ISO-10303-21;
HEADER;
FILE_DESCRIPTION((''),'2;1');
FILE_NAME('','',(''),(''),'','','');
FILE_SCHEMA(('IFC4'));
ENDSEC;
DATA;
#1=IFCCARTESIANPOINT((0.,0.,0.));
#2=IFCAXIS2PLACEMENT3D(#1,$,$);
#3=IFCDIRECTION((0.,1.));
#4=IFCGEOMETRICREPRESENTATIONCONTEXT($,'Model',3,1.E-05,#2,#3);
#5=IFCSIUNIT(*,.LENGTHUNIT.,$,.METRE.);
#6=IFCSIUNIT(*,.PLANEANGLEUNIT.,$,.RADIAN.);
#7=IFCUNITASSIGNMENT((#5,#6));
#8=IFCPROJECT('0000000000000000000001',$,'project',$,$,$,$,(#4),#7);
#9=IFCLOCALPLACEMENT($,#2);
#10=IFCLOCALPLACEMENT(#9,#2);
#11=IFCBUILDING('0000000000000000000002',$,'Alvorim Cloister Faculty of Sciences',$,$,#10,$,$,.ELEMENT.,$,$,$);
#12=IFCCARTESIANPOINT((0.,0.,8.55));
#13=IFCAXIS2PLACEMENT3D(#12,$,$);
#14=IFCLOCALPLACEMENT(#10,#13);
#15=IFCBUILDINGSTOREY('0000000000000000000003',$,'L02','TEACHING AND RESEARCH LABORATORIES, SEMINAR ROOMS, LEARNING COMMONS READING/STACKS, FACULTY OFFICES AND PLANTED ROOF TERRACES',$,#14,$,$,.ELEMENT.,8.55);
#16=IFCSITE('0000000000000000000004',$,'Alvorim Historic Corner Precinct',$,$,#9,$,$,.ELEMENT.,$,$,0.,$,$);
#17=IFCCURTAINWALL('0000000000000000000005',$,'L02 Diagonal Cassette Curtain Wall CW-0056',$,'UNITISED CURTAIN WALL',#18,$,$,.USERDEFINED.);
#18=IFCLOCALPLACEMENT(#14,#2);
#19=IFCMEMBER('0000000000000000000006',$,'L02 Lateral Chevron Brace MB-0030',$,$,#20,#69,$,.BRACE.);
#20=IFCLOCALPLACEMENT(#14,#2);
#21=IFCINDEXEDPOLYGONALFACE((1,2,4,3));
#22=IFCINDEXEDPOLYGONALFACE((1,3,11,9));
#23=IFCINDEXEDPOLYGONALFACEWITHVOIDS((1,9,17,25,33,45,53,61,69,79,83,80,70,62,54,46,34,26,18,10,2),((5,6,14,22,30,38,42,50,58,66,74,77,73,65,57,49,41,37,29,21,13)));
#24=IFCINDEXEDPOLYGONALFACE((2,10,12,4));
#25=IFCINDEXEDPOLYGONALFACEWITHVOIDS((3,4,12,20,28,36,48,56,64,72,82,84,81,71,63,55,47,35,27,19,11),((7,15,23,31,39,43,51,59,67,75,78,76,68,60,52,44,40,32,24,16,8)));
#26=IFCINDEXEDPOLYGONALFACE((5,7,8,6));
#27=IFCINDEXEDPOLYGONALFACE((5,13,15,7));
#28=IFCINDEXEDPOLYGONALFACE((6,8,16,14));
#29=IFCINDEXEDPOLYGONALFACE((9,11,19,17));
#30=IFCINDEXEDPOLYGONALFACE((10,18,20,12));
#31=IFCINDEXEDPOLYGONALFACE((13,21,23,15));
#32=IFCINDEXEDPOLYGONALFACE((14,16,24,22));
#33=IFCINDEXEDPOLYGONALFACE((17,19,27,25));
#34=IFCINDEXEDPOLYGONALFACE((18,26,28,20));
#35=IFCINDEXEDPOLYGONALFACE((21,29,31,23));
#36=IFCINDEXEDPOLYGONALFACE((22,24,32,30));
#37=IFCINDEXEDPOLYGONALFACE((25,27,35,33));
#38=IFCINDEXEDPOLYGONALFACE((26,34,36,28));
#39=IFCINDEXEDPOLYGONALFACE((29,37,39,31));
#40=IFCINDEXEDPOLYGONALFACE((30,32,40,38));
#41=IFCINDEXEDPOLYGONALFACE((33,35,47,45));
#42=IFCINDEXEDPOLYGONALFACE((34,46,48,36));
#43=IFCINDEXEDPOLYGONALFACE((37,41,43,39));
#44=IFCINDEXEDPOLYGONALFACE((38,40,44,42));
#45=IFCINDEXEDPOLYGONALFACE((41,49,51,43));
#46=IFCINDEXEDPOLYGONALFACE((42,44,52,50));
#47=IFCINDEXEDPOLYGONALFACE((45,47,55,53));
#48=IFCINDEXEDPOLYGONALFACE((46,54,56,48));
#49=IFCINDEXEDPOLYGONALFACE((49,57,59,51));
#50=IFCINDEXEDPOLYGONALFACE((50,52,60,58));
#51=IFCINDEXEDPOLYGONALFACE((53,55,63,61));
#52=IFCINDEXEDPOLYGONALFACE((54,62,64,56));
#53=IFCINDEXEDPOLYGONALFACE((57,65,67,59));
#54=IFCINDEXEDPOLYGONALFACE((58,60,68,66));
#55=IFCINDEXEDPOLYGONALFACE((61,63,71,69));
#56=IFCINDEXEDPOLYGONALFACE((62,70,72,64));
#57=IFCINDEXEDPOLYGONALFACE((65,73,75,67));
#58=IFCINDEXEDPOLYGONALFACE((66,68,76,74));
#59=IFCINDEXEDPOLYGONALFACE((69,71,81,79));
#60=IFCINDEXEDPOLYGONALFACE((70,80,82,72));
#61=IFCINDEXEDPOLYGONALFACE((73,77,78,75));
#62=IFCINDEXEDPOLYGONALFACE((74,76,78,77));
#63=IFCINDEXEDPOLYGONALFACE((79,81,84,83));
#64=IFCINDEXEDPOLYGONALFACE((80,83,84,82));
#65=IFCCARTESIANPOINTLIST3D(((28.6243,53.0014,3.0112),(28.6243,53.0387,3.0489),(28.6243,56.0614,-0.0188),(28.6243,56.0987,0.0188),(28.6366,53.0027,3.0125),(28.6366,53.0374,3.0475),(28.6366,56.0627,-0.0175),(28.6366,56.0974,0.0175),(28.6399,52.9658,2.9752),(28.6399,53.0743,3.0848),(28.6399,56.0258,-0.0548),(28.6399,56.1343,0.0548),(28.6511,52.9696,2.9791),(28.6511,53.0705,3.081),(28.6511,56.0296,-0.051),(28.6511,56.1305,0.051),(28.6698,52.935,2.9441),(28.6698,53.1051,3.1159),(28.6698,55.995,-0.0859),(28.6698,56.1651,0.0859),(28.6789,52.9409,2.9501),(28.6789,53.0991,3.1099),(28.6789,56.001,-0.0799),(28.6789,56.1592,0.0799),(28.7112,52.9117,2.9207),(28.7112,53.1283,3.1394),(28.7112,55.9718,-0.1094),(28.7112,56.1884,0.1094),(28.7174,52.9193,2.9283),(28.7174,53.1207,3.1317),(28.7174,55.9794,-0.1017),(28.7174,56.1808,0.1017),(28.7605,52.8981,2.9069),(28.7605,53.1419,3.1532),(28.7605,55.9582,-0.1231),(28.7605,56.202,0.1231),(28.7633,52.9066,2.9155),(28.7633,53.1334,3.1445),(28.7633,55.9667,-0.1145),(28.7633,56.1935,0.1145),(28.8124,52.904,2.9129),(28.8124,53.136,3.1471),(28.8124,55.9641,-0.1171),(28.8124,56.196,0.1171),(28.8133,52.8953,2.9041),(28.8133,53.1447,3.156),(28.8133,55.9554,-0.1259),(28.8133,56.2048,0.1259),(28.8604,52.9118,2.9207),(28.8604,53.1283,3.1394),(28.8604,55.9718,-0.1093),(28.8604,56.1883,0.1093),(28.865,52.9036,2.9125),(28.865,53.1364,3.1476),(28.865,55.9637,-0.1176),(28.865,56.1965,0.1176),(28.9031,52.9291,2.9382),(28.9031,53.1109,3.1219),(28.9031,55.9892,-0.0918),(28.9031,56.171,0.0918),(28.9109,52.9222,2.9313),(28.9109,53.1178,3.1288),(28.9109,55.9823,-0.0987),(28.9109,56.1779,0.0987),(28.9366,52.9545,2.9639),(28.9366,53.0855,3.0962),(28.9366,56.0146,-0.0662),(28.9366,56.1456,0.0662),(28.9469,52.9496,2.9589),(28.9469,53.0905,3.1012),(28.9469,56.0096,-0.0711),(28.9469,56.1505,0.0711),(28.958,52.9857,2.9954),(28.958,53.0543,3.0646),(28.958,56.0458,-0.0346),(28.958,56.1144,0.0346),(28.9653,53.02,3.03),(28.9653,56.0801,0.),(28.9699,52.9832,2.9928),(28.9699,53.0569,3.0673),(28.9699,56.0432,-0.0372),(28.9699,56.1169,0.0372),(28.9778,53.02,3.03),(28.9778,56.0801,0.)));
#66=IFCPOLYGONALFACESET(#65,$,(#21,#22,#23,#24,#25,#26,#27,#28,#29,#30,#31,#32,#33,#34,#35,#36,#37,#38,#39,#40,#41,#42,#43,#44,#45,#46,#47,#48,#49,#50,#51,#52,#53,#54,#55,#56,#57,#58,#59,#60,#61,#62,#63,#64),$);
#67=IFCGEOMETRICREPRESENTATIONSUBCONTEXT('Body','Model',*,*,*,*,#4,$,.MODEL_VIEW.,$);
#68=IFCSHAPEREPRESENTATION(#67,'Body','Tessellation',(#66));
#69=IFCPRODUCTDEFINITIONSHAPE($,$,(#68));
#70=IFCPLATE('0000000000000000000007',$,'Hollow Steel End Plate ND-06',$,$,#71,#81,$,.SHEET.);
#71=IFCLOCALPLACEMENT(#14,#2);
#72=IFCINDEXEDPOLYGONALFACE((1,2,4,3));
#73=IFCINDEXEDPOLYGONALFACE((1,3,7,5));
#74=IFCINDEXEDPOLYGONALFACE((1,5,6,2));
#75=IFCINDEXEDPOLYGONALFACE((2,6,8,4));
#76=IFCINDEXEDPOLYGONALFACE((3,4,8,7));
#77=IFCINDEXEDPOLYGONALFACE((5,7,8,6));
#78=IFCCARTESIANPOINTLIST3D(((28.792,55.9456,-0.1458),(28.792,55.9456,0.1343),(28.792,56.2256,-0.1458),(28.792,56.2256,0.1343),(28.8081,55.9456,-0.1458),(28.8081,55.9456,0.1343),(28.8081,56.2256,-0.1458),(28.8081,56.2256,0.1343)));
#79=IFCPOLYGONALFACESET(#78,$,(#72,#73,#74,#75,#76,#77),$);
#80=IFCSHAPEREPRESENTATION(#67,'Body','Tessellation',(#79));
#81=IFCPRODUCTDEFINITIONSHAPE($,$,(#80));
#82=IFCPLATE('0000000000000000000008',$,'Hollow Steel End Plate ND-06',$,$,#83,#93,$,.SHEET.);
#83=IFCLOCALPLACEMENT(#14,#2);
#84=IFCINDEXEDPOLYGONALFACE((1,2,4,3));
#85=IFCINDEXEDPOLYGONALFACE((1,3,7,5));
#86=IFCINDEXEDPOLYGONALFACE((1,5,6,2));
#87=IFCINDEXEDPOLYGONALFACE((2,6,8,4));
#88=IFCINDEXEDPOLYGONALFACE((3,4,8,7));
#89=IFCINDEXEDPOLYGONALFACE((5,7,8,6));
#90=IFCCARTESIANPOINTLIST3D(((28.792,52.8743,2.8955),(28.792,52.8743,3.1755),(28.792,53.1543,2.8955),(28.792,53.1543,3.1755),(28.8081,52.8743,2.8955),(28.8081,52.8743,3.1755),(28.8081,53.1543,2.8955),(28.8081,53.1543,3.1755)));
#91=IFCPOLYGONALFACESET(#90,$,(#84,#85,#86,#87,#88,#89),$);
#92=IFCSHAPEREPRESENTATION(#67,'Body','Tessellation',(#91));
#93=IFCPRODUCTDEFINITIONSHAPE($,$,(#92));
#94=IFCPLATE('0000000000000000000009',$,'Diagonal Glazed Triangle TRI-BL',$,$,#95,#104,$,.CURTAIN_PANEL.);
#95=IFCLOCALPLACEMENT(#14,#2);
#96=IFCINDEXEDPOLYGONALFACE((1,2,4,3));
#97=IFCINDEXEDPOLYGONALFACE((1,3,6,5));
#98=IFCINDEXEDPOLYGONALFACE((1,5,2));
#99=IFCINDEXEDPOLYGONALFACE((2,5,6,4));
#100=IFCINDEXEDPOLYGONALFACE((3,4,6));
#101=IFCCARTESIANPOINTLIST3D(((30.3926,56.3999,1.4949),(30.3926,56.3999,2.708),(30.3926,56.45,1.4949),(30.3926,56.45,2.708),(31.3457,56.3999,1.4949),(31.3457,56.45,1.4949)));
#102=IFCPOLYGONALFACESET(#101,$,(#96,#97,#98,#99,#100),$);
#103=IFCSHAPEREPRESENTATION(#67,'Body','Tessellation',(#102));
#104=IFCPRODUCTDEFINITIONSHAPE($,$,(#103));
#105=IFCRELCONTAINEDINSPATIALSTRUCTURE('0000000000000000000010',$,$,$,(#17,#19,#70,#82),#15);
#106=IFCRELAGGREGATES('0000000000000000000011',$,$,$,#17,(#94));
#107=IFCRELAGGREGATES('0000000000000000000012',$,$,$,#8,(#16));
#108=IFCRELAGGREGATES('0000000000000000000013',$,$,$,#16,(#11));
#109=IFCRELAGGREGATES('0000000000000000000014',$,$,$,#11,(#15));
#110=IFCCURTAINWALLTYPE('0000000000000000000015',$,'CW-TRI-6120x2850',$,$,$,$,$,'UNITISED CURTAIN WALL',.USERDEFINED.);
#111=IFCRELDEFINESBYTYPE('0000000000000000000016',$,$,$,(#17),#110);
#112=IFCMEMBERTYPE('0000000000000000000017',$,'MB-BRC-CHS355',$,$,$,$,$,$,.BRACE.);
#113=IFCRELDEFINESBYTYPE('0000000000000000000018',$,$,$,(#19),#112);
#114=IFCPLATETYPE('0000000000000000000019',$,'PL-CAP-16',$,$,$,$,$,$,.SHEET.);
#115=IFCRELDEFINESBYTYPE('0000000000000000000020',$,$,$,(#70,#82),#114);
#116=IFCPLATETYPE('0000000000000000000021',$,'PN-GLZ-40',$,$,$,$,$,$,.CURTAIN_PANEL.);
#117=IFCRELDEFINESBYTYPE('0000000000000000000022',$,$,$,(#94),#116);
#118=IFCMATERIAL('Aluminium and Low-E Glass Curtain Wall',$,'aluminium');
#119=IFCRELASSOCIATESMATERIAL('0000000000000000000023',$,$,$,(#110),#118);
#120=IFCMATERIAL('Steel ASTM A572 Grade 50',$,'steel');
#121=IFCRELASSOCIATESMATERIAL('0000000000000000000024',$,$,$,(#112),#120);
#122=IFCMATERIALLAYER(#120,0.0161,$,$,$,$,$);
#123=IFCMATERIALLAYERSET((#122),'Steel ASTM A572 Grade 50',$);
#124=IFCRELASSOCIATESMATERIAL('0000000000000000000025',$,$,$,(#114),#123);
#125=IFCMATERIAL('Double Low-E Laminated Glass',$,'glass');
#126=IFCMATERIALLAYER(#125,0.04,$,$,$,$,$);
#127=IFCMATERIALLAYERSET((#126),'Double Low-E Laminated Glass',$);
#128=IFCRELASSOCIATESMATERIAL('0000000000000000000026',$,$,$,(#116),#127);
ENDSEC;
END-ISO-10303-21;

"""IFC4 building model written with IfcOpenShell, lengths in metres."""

from ifc_helpers import new_model, si_unit, direction, frame, origin, origin_2d, place, context, subcontext, project, spatial, polyline, hollow_circle, outline, extrude, material, layer, layer_set, material_profile, profile_set, type_object, element, aggregate, save


model = new_model("IFC4")

# Units and contexts
model_context = context("Model", 3, precision=1e-05, world=origin(), true_north=direction((0.0, 1.0)))
body_context = subcontext(model_context, "Body", "Model", "MODEL_VIEW")
ifc_project = project(units=[si_unit("LENGTHUNIT", "METRE"), si_unit("PLANEANGLEUNIT", "RADIAN")], contexts=[model_context])

# Site, building, storey
site_placement = place(None, origin())
site = spatial("IfcSite", under=ifc_project, at=site_placement, Name="Alvorim Historic Corner Precinct", CompositionType="ELEMENT", RefElevation=0.0)
building_placement = place(site_placement, origin())
building = spatial("IfcBuilding", under=site, at=building_placement, Name="Alvorim Cloister Faculty of Sciences", CompositionType="ELEMENT")
storey_placement = place(building_placement, frame((0.0, 0.0, 8.55)))
storey = spatial("IfcBuildingStorey", under=building, at=storey_placement, Name="L02", Description="TEACHING AND RESEARCH LABORATORIES, SEMINAR ROOMS, LEARNING COMMONS READING/STACKS, FACULTY OFFICES AND PLANTED ROOF TERRACES", CompositionType="ELEMENT", Elevation=8.55)

# Curtain wall
ifc_material_1 = material(Name="Aluminium and Low-E Glass Curtain Wall", Category="aluminium")
curtain_wall_type = type_object("IfcCurtainWallType", Name="CW-TRI-6120x2850", ElementType="UNITISED CURTAIN WALL", PredefinedType="USERDEFINED", material=ifc_material_1)
curtain_wall_placement = place(storey_placement, origin())
curtain_wall = element("IfcCurtainWall", 1, at=curtain_wall_placement, inside=storey, type_object=curtain_wall_type, Name="L02 Diagonal Cassette Curtain Wall CW-0056", ObjectType="UNITISED CURTAIN WALL", PredefinedType="USERDEFINED")

# Member
ifc_material_2 = material(Name="Steel ASTM A572 Grade 50", Category="steel")
ifc_material_profile_1 = material_profile(ifc_material_2, hollow_circle(Radius=0.1777, WallThickness=0.0125, at=origin_2d()), Name="CHS355.6x12.5")
ifc_profile_set_1 = profile_set([ifc_material_profile_1], Name="Steel ASTM A572 Grade 50")
member_type_1 = type_object("IfcMemberType", Name="MB-BRC-CHS355", PredefinedType="BRACE", material=ifc_profile_set_1)
member_1_placement = place(storey_placement, frame((28.8, 56.0801, 0.0), z_axis=(0.0, -0.710585, 0.703612), x_axis=(1.0, 0.0, 0.0)))
element("IfcMember", 2, at=member_1_placement, inside=storey, type_object=member_type_1, Name="L02 Lateral Chevron Brace MB-0030", PredefinedType="BRACE", context=body_context, shape_type="SweptSolid", body=[
    extrude(hollow_circle(Radius=0.1777, WallThickness=0.0125, at=origin_2d()), origin(), (0.0, 0.0, 1.0), 4.3064),
])

# Plates
ifc_layer_1 = layer(ifc_material_2, 0.0161)
ifc_layer_set_1 = layer_set([ifc_layer_1], Name="Steel ASTM A572 Grade 50")
plate_type_1 = type_object("IfcPlateType", Name="PL-CAP-16", PredefinedType="SHEET", material=ifc_layer_set_1)
for number, where, z_axis, x_axis, name in (
    (3, (28.8, 56.2256, -0.1458), (0.0, 0.0, 1.0), (0.0, -1.0, 0.0), "Hollow Steel End Plate ND-06"),
    (4, (28.8, 53.1543, 2.8955), (0.0, 0.0, 1.0), (0.0, -1.0, 0.0), "Hollow Steel End Plate ND-06"),
):
    element("IfcPlate", number, at=place(storey_placement, frame(where, z_axis=z_axis, x_axis=x_axis)), inside=storey, type_object=plate_type_1, Name=name, PredefinedType="SHEET", context=body_context, shape_type="SweptSolid", body=[
        extrude(outline(polyline([(0.0, 0.0), (0.28, 0.0), (0.28, 0.28), (0.0, 0.28), (0.0, 0.0)])), frame((0.0, 0.0081, 0.0), z_axis=(0.0, -1.0, 0.0), x_axis=(1.0, 0.0, 0.0)), (0.0, 0.0, 1.0), 0.0161),
    ])

# Plate
ifc_material_3 = material(Name="Double Low-E Laminated Glass", Category="glass")
ifc_layer_2 = layer(ifc_material_3, 0.04)
ifc_layer_set_2 = layer_set([ifc_layer_2], Name="Double Low-E Laminated Glass")
plate_type_2 = type_object("IfcPlateType", Name="PN-GLZ-40", PredefinedType="CURTAIN_PANEL", material=ifc_layer_set_2)
plate_1_placement = place(storey_placement, frame((30.3926, 56.425, 1.4949), z_axis=(0.0, 0.0, 1.0), x_axis=(1.0, 0.0, 0.0)))
plate_1 = element("IfcPlate", 5, at=plate_1_placement, type_object=plate_type_2, Name="Diagonal Glazed Triangle TRI-BL", PredefinedType="CURTAIN_PANEL", context=body_context, shape_type="SweptSolid", body=[
    extrude(outline(polyline([(0.0, 0.0), (0.9531, 0.0), (0.0, 1.2131), (0.0, 0.0)])), frame((0.0, 0.0249, 0.0), z_axis=(0.0, -1.0, 0.0), x_axis=(1.0, 0.0, 0.0)), (0.0, 0.0, 1.0), 0.05),
])
aggregate(curtain_wall, [plate_1])

save(model, "model.ifc")
